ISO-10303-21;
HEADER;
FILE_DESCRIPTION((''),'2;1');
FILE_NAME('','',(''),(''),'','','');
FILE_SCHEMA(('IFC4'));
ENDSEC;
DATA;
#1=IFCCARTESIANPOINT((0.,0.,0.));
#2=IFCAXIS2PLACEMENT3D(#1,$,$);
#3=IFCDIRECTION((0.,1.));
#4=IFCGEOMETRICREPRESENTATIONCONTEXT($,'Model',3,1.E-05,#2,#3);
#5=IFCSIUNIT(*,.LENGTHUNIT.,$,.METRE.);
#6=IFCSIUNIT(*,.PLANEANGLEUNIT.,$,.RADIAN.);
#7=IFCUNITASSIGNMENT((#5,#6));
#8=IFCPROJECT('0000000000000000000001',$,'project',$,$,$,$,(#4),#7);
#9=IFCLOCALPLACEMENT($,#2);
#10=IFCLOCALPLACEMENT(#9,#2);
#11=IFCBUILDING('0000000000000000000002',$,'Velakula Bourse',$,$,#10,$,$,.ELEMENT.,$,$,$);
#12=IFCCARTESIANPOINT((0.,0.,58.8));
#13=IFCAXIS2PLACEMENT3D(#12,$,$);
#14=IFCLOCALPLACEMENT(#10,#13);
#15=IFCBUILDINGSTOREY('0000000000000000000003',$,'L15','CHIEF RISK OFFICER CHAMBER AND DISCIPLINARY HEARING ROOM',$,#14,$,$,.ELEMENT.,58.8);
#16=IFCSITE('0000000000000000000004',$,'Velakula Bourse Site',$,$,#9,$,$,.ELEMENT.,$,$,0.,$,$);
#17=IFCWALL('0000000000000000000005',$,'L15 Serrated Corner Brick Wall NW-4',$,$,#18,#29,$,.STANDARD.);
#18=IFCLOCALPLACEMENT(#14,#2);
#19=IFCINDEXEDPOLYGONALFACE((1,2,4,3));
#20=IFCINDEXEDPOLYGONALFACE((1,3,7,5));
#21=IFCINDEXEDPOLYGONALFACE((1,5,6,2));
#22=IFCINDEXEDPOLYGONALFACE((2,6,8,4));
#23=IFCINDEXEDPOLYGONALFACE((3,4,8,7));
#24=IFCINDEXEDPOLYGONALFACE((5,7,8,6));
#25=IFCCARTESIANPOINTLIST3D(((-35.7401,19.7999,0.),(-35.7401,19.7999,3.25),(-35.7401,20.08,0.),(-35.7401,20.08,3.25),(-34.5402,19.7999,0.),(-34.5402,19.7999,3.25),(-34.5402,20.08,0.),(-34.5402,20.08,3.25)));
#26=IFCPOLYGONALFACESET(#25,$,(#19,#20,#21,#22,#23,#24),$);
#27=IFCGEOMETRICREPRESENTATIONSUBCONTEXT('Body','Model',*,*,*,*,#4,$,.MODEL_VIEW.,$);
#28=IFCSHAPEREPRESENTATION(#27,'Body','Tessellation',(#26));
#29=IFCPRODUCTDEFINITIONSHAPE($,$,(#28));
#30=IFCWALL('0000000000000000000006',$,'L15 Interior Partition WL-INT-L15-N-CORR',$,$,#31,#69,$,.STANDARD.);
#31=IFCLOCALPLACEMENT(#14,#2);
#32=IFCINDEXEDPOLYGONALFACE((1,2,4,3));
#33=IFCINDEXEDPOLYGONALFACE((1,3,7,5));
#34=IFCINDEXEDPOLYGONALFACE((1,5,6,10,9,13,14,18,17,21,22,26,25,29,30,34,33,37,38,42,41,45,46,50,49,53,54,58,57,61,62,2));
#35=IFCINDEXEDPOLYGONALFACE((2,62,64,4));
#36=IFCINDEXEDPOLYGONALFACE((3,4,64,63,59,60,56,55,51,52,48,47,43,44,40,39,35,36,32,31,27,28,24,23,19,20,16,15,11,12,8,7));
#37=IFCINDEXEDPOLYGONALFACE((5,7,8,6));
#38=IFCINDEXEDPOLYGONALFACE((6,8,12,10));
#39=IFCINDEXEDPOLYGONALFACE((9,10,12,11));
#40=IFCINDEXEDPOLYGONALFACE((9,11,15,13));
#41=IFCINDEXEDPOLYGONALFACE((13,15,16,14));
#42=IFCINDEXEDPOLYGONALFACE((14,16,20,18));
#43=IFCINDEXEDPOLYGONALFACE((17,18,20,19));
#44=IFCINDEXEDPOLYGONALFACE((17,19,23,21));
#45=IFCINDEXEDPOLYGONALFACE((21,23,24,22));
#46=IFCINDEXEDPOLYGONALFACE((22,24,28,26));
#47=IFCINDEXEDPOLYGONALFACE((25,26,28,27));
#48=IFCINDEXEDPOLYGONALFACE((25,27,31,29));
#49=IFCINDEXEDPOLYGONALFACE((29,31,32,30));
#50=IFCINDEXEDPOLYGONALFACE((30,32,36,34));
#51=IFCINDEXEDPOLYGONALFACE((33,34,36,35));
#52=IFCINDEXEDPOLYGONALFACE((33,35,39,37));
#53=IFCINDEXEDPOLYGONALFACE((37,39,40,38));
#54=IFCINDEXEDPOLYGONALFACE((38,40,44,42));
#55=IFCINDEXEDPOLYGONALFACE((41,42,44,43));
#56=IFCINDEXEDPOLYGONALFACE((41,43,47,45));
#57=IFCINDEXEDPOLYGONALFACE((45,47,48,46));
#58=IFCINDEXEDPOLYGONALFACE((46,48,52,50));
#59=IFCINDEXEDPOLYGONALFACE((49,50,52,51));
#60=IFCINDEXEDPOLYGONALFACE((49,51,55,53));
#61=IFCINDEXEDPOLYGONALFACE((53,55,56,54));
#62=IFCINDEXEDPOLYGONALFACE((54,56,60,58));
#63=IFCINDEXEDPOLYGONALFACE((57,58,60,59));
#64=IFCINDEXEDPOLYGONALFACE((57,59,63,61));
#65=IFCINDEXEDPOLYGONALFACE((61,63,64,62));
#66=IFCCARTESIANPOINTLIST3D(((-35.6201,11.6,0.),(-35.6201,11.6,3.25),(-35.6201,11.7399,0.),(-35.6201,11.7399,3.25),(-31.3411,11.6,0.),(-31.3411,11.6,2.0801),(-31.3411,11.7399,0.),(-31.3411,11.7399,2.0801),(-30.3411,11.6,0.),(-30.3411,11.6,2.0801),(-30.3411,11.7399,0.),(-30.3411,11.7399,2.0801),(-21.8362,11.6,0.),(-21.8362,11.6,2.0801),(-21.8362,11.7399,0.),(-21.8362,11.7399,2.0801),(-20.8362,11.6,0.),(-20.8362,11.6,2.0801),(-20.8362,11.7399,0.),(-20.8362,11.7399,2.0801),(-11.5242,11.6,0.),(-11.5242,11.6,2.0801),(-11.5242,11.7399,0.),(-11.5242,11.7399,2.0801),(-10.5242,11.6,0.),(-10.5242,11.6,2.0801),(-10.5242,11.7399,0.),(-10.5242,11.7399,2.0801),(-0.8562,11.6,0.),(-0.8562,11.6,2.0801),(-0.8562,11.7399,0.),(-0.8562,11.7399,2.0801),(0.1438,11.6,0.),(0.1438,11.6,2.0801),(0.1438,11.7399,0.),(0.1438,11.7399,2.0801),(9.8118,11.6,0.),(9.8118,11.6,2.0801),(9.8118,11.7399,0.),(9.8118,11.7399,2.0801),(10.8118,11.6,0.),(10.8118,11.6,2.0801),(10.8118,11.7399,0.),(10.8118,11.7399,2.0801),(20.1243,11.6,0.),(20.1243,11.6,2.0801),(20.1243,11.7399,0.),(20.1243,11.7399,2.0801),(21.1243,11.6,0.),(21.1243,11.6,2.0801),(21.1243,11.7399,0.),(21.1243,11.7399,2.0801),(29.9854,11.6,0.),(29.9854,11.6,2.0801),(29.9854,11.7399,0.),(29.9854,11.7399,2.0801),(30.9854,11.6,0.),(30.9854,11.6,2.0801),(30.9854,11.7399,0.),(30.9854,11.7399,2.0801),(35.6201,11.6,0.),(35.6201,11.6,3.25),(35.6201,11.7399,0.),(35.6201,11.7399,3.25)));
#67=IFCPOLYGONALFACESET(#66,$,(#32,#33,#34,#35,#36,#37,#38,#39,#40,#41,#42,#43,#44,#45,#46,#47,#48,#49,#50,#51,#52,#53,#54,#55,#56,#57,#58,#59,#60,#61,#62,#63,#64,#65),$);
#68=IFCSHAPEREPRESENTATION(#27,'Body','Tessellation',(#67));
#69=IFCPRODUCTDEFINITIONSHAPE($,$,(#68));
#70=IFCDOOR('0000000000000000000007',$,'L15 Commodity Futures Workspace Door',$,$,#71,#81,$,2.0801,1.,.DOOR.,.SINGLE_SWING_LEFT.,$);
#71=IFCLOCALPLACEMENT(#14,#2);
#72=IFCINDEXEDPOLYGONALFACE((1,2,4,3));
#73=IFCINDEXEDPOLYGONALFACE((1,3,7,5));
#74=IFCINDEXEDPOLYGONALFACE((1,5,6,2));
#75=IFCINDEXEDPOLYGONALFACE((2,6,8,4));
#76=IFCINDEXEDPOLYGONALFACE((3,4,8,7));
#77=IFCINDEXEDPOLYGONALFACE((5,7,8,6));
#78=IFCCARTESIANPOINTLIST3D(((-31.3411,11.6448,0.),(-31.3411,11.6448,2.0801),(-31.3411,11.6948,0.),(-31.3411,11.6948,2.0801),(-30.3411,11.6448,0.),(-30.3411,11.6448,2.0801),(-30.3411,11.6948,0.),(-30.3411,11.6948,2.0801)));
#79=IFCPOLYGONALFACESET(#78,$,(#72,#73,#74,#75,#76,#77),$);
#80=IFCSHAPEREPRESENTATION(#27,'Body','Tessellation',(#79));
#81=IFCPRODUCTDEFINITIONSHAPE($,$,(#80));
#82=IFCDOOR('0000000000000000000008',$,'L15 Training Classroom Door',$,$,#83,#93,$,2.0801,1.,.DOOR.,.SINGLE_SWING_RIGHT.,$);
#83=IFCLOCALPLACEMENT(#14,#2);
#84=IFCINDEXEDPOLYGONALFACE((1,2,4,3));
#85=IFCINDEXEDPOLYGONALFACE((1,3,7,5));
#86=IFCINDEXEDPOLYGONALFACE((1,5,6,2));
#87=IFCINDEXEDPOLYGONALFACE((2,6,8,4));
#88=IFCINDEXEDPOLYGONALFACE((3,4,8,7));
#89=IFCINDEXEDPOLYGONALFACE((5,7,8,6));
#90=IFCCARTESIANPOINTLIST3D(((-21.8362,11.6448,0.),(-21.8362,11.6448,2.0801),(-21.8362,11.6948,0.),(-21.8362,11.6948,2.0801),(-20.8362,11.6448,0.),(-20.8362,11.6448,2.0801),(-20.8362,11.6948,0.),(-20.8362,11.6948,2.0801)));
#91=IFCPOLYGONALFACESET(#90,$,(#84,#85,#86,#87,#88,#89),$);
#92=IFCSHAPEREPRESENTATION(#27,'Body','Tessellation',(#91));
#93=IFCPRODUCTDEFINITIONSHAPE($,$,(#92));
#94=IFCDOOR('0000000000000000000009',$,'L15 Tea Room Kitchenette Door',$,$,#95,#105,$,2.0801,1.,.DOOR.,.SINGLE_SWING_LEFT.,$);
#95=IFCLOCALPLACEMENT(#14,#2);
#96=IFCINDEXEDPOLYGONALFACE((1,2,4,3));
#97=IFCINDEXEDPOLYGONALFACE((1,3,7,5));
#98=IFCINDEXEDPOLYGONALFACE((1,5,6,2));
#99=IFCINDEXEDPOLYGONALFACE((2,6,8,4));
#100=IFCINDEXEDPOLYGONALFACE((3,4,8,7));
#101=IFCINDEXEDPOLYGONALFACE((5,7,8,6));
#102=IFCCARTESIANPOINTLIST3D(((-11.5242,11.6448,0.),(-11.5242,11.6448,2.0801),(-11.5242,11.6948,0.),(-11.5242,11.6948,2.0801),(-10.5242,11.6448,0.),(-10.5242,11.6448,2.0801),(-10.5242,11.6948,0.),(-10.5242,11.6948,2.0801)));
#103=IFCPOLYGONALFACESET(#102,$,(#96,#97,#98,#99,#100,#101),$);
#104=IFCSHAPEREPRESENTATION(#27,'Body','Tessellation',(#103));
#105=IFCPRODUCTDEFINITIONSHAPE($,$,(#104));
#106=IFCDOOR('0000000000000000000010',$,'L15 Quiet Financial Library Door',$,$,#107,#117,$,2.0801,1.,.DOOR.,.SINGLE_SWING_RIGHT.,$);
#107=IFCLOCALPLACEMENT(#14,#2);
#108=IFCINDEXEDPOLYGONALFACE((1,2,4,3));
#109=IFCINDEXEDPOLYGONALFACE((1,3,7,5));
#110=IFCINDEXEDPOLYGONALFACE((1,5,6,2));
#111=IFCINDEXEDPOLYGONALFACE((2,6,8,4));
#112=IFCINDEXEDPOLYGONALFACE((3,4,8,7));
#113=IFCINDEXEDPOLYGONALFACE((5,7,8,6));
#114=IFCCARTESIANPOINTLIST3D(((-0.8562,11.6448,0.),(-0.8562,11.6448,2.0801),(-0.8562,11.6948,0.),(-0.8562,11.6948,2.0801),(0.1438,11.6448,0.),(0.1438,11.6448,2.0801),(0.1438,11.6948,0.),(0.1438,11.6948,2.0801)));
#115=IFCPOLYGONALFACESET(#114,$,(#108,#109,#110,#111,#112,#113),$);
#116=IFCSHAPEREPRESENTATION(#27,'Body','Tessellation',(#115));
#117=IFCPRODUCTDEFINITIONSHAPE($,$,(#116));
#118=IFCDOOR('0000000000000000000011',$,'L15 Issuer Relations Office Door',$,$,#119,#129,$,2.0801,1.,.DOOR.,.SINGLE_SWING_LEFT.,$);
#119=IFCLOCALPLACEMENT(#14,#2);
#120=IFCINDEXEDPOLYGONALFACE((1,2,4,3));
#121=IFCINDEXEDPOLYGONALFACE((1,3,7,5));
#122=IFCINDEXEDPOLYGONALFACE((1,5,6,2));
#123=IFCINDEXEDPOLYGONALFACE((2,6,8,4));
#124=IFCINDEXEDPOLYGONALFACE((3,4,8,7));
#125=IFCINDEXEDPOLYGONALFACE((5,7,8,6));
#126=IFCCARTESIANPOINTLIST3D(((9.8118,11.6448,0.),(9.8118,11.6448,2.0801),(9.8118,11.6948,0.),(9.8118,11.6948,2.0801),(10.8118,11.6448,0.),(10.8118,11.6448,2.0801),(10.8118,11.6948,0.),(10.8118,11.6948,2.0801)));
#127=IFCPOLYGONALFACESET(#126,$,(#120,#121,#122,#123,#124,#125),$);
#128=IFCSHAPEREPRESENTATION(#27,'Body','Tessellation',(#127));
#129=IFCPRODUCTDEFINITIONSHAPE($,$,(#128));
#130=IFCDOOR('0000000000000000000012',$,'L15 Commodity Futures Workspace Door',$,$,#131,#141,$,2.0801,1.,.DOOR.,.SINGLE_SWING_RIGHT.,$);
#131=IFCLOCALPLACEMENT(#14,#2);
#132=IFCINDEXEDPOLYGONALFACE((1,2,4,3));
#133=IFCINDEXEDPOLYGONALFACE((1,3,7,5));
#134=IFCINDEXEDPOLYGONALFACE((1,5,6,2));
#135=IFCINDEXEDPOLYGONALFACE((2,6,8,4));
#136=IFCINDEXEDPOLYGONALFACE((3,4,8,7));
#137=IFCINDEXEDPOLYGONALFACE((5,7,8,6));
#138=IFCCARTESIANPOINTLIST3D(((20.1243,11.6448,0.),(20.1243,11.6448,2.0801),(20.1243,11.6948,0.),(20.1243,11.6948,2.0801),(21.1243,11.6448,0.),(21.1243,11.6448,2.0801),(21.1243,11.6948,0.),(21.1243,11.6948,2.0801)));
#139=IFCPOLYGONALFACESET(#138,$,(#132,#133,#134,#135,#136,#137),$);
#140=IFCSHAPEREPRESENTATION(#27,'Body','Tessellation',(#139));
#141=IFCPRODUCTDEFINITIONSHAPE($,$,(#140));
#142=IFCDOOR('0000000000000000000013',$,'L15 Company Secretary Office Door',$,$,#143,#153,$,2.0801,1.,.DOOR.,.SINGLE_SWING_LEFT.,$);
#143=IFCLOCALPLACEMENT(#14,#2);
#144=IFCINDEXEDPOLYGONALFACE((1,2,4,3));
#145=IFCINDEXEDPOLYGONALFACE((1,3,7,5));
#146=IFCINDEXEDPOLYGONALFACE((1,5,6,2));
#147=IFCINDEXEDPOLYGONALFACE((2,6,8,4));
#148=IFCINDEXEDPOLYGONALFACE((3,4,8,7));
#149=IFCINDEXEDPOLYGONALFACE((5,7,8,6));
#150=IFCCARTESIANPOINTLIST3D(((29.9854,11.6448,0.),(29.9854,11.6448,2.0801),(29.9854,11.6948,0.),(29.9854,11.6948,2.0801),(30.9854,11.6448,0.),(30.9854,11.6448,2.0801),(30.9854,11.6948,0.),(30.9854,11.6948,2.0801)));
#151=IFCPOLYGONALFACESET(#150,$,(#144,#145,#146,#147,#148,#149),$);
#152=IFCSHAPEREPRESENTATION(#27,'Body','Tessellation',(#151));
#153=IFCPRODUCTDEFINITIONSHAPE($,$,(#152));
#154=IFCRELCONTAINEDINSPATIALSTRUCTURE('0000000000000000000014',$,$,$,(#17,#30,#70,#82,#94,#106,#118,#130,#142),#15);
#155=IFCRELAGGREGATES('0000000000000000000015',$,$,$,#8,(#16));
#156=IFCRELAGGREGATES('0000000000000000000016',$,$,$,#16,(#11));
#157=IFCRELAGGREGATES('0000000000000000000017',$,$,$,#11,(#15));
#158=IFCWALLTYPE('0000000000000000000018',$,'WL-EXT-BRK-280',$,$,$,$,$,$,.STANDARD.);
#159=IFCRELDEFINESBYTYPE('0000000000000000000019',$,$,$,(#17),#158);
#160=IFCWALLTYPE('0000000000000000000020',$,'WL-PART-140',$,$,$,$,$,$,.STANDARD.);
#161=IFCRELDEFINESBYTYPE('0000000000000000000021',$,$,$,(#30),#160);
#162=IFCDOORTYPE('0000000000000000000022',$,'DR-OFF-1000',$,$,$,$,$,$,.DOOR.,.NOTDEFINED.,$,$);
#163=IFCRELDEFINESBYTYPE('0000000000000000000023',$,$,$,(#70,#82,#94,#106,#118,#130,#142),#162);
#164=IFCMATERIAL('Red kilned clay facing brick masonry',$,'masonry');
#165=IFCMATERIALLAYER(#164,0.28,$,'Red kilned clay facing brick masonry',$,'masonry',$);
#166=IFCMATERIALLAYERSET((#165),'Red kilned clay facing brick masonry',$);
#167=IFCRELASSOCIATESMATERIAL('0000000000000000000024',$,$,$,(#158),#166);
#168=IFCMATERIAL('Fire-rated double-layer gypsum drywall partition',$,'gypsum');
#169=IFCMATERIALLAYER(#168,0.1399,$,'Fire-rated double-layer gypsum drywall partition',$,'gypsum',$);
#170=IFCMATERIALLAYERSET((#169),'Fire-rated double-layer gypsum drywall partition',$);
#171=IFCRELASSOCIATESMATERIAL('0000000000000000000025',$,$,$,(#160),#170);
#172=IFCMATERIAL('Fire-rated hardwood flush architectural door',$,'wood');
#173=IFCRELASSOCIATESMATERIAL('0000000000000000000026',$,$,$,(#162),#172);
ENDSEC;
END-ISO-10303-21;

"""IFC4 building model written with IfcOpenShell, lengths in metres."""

from ifc_helpers import new_model, si_unit, direction, frame, frame_2d, origin, place, context, subcontext, project, spatial, rectangle, extrude, material, layer, layer_set, type_object, element, fill, save


model = new_model("IFC4")

# Units and contexts
model_context = context("Model", 3, precision=1e-05, world=origin(), true_north=direction((0.0, 1.0)))
body_context = subcontext(model_context, "Body", "Model", "MODEL_VIEW")
ifc_project = project(units=[si_unit("LENGTHUNIT", "METRE"), si_unit("PLANEANGLEUNIT", "RADIAN")], contexts=[model_context])

# Site, building, storey
site_placement = place(None, origin())
site = spatial("IfcSite", under=ifc_project, at=site_placement, Name="Velakula Bourse Site", CompositionType="ELEMENT", RefElevation=0.0)
building_placement = place(site_placement, origin())
building = spatial("IfcBuilding", under=site, at=building_placement, Name="Velakula Bourse", CompositionType="ELEMENT")
storey_placement = place(building_placement, frame((0.0, 0.0, 58.8)))
storey = spatial("IfcBuildingStorey", under=building, at=storey_placement, Name="L15", Description="CHIEF RISK OFFICER CHAMBER AND DISCIPLINARY HEARING ROOM", CompositionType="ELEMENT", Elevation=58.8)

# Shared definitions
ifc_material_1 = material(Name="Red kilned clay facing brick masonry", Category="masonry")
ifc_layer_1 = layer(ifc_material_1, 0.28, Name="Red kilned clay facing brick masonry", Category="masonry")
ifc_layer_set_1 = layer_set([ifc_layer_1], Name="Red kilned clay facing brick masonry")
wall_type_1 = type_object("IfcWallType", Name="WL-EXT-BRK-280", PredefinedType="STANDARD", material=ifc_layer_set_1)

# Wall
for number, where, z_axis, x_axis, name in (
    (1, (-34.54, 19.9399, 0.0), (0.0, 0.0, 1.0), (-1.0, 0.0, 0.0), "L15 Serrated Corner Brick Wall NW-4"),
):
    element("IfcWall", number, at=place(storey_placement, frame(where, z_axis=z_axis, x_axis=x_axis)), inside=storey, type_object=wall_type_1, Name=name, PredefinedType="STANDARD", context=body_context, shape_type="SweptSolid", body=[
        extrude(rectangle(XDim=1.2, YDim=0.28, at=frame_2d((0.6001, 0.0))), origin(), (0.0, 0.0, 1.0), 3.25),
    ])

# Wall, openings, doors
ifc_material_2 = material(Name="Fire-rated double-layer gypsum drywall partition", Category="gypsum")
ifc_layer_2 = layer(ifc_material_2, 0.1399, Name="Fire-rated double-layer gypsum drywall partition", Category="gypsum")
ifc_layer_set_2 = layer_set([ifc_layer_2], Name="Fire-rated double-layer gypsum drywall partition")
wall_type_2 = type_object("IfcWallType", Name="WL-PART-140", PredefinedType="STANDARD", material=ifc_layer_set_2)
wall_1_placement = place(storey_placement, frame((-35.6201, 11.6699, 0.0), z_axis=(0.0, 0.0, 1.0), x_axis=(1.0, 0.0, 0.0)))
wall_1 = element("IfcWall", 2, at=wall_1_placement, inside=storey, type_object=wall_type_2, Name="L15 Interior Partition WL-INT-L15-N-CORR", PredefinedType="STANDARD", context=body_context, shape_type="SweptSolid", body=[
    extrude(rectangle(XDim=71.2402, YDim=0.1399, at=frame_2d((35.6201, 0.0))), origin(), (0.0, 0.0, 1.0), 3.25),
])
opening_1_placement = place(wall_1_placement, frame((4.2791, 0.0, 0.0)))
opening_1 = element("IfcOpeningElement", 3, at=opening_1_placement, cuts=wall_1, PredefinedType="OPENING", context=body_context, shape_type="SweptSolid", body=[
    extrude(rectangle(XDim=1.0, YDim=2.0801, at=frame_2d((0.5, 1.04))), frame((0.0, 0.0798, 0.0), z_axis=(0.0, -1.0, 0.0), x_axis=(1.0, 0.0, 0.0)), (0.0, 0.0, 1.0), 0.1599),
])
opening_2_placement = place(wall_1_placement, frame((13.7839, 0.0, 0.0)))
opening_2 = element("IfcOpeningElement", 4, at=opening_2_placement, cuts=wall_1, PredefinedType="OPENING", context=body_context, shape_type="SweptSolid", body=[
    extrude(rectangle(XDim=1.0, YDim=2.0801, at=frame_2d((0.5, 1.04))), frame((0.0, 0.0798, 0.0), z_axis=(0.0, -1.0, 0.0), x_axis=(1.0, 0.0, 0.0)), (0.0, 0.0, 1.0), 0.1599),
])
opening_3_placement = place(wall_1_placement, frame((24.0959, 0.0, 0.0)))
opening_3 = element("IfcOpeningElement", 5, at=opening_3_placement, cuts=wall_1, PredefinedType="OPENING", context=body_context, shape_type="SweptSolid", body=[
    extrude(rectangle(XDim=1.0, YDim=2.0801, at=frame_2d((0.5, 1.04))), frame((0.0, 0.0798, 0.0), z_axis=(0.0, -1.0, 0.0), x_axis=(1.0, 0.0, 0.0)), (0.0, 0.0, 1.0), 0.1599),
])
opening_4_placement = place(wall_1_placement, frame((34.7639, 0.0, 0.0)))
opening_4 = element("IfcOpeningElement", 6, at=opening_4_placement, cuts=wall_1, PredefinedType="OPENING", context=body_context, shape_type="SweptSolid", body=[
    extrude(rectangle(XDim=1.0, YDim=2.0801, at=frame_2d((0.5, 1.04))), frame((0.0, 0.0798, 0.0), z_axis=(0.0, -1.0, 0.0), x_axis=(1.0, 0.0, 0.0)), (0.0, 0.0, 1.0), 0.1599),
])
opening_5_placement = place(wall_1_placement, frame((45.4319, 0.0, 0.0)))
opening_5 = element("IfcOpeningElement", 7, at=opening_5_placement, cuts=wall_1, PredefinedType="OPENING", context=body_context, shape_type="SweptSolid", body=[
    extrude(rectangle(XDim=1.0, YDim=2.0801, at=frame_2d((0.5, 1.04))), frame((0.0, 0.0798, 0.0), z_axis=(0.0, -1.0, 0.0), x_axis=(1.0, 0.0, 0.0)), (0.0, 0.0, 1.0), 0.1599),
])
opening_6_placement = place(wall_1_placement, frame((55.7444, 0.0, 0.0)))
opening_6 = element("IfcOpeningElement", 8, at=opening_6_placement, cuts=wall_1, PredefinedType="OPENING", context=body_context, shape_type="SweptSolid", body=[
    extrude(rectangle(XDim=1.0, YDim=2.0801, at=frame_2d((0.5, 1.04))), frame((0.0, 0.0798, 0.0), z_axis=(0.0, -1.0, 0.0), x_axis=(1.0, 0.0, 0.0)), (0.0, 0.0, 1.0), 0.1599),
])
opening_7_placement = place(wall_1_placement, frame((65.6055, 0.0, 0.0)))
opening_7 = element("IfcOpeningElement", 9, at=opening_7_placement, cuts=wall_1, PredefinedType="OPENING", context=body_context, shape_type="SweptSolid", body=[
    extrude(rectangle(XDim=1.0, YDim=2.0801, at=frame_2d((0.5, 1.04))), frame((0.0, 0.0798, 0.0), z_axis=(0.0, -1.0, 0.0), x_axis=(1.0, 0.0, 0.0)), (0.0, 0.0, 1.0), 0.1599),
])
ifc_material_3 = material(Name="Fire-rated hardwood flush architectural door", Category="wood")
door_type = type_object("IfcDoorType", Name="DR-OFF-1000", OperationType="NOTDEFINED", PredefinedType="DOOR", material=ifc_material_3)
door_1_placement = place(opening_1_placement, origin())
door_1 = element("IfcDoor", 10, at=door_1_placement, inside=storey, type_object=door_type, Name="L15 Commodity Futures Workspace Door", OperationType="SINGLE_SWING_LEFT", OverallHeight=2.0801, OverallWidth=1.0, PredefinedType="DOOR", context=body_context, shape_type="SweptSolid", body=[
    extrude(rectangle(XDim=1.0, YDim=2.0801, at=frame_2d((0.5, 1.04))), frame((0.0, 0.0249, 0.0), z_axis=(0.0, -1.0, 0.0), x_axis=(1.0, 0.0, 0.0)), (0.0, 0.0, 1.0), 0.05),
])
fill(opening_1, door_1)
door_2_placement = place(opening_2_placement, origin())
door_2 = element("IfcDoor", 11, at=door_2_placement, inside=storey, type_object=door_type, Name="L15 Training Classroom Door", OperationType="SINGLE_SWING_RIGHT", OverallHeight=2.0801, OverallWidth=1.0, PredefinedType="DOOR", context=body_context, shape_type="SweptSolid", body=[
    extrude(rectangle(XDim=1.0, YDim=2.0801, at=frame_2d((0.5, 1.04))), frame((0.0, 0.0249, 0.0), z_axis=(0.0, -1.0, 0.0), x_axis=(1.0, 0.0, 0.0)), (0.0, 0.0, 1.0), 0.05),
])
fill(opening_2, door_2)
door_3_placement = place(opening_3_placement, origin())
door_3 = element("IfcDoor", 12, at=door_3_placement, inside=storey, type_object=door_type, Name="L15 Tea Room Kitchenette Door", OperationType="SINGLE_SWING_LEFT", OverallHeight=2.0801, OverallWidth=1.0, PredefinedType="DOOR", context=body_context, shape_type="SweptSolid", body=[
    extrude(rectangle(XDim=1.0, YDim=2.0801, at=frame_2d((0.5, 1.04))), frame((0.0, 0.0249, 0.0), z_axis=(0.0, -1.0, 0.0), x_axis=(1.0, 0.0, 0.0)), (0.0, 0.0, 1.0), 0.05),
])
fill(opening_3, door_3)
door_4_placement = place(opening_4_placement, origin())
door_4 = element("IfcDoor", 13, at=door_4_placement, inside=storey, type_object=door_type, Name="L15 Quiet Financial Library Door", OperationType="SINGLE_SWING_RIGHT", OverallHeight=2.0801, OverallWidth=1.0, PredefinedType="DOOR", context=body_context, shape_type="SweptSolid", body=[
    extrude(rectangle(XDim=1.0, YDim=2.0801, at=frame_2d((0.5, 1.04))), frame((0.0, 0.0249, 0.0), z_axis=(0.0, -1.0, 0.0), x_axis=(1.0, 0.0, 0.0)), (0.0, 0.0, 1.0), 0.05),
])
fill(opening_4, door_4)
door_5_placement = place(opening_5_placement, origin())
door_5 = element("IfcDoor", 14, at=door_5_placement, inside=storey, type_object=door_type, Name="L15 Issuer Relations Office Door", OperationType="SINGLE_SWING_LEFT", OverallHeight=2.0801, OverallWidth=1.0, PredefinedType="DOOR", context=body_context, shape_type="SweptSolid", body=[
    extrude(rectangle(XDim=1.0, YDim=2.0801, at=frame_2d((0.5, 1.04))), frame((0.0, 0.0249, 0.0), z_axis=(0.0, -1.0, 0.0), x_axis=(1.0, 0.0, 0.0)), (0.0, 0.0, 1.0), 0.05),
])
fill(opening_5, door_5)
door_6_placement = place(opening_6_placement, origin())
door_6 = element("IfcDoor", 15, at=door_6_placement, inside=storey, type_object=door_type, Name="L15 Commodity Futures Workspace Door", OperationType="SINGLE_SWING_RIGHT", OverallHeight=2.0801, OverallWidth=1.0, PredefinedType="DOOR", context=body_context, shape_type="SweptSolid", body=[
    extrude(rectangle(XDim=1.0, YDim=2.0801, at=frame_2d((0.5, 1.04))), frame((0.0, 0.0249, 0.0), z_axis=(0.0, -1.0, 0.0), x_axis=(1.0, 0.0, 0.0)), (0.0, 0.0, 1.0), 0.05),
])
fill(opening_6, door_6)
door_7_placement = place(opening_7_placement, origin())
door_7 = element("IfcDoor", 16, at=door_7_placement, inside=storey, type_object=door_type, Name="L15 Company Secretary Office Door", OperationType="SINGLE_SWING_LEFT", OverallHeight=2.0801, OverallWidth=1.0, PredefinedType="DOOR", context=body_context, shape_type="SweptSolid", body=[
    extrude(rectangle(XDim=1.0, YDim=2.0801, at=frame_2d((0.5, 1.04))), frame((0.0, 0.0249, 0.0), z_axis=(0.0, -1.0, 0.0), x_axis=(1.0, 0.0, 0.0)), (0.0, 0.0, 1.0), 0.05),
])
fill(opening_7, door_7)

save(model, "model.ifc")
